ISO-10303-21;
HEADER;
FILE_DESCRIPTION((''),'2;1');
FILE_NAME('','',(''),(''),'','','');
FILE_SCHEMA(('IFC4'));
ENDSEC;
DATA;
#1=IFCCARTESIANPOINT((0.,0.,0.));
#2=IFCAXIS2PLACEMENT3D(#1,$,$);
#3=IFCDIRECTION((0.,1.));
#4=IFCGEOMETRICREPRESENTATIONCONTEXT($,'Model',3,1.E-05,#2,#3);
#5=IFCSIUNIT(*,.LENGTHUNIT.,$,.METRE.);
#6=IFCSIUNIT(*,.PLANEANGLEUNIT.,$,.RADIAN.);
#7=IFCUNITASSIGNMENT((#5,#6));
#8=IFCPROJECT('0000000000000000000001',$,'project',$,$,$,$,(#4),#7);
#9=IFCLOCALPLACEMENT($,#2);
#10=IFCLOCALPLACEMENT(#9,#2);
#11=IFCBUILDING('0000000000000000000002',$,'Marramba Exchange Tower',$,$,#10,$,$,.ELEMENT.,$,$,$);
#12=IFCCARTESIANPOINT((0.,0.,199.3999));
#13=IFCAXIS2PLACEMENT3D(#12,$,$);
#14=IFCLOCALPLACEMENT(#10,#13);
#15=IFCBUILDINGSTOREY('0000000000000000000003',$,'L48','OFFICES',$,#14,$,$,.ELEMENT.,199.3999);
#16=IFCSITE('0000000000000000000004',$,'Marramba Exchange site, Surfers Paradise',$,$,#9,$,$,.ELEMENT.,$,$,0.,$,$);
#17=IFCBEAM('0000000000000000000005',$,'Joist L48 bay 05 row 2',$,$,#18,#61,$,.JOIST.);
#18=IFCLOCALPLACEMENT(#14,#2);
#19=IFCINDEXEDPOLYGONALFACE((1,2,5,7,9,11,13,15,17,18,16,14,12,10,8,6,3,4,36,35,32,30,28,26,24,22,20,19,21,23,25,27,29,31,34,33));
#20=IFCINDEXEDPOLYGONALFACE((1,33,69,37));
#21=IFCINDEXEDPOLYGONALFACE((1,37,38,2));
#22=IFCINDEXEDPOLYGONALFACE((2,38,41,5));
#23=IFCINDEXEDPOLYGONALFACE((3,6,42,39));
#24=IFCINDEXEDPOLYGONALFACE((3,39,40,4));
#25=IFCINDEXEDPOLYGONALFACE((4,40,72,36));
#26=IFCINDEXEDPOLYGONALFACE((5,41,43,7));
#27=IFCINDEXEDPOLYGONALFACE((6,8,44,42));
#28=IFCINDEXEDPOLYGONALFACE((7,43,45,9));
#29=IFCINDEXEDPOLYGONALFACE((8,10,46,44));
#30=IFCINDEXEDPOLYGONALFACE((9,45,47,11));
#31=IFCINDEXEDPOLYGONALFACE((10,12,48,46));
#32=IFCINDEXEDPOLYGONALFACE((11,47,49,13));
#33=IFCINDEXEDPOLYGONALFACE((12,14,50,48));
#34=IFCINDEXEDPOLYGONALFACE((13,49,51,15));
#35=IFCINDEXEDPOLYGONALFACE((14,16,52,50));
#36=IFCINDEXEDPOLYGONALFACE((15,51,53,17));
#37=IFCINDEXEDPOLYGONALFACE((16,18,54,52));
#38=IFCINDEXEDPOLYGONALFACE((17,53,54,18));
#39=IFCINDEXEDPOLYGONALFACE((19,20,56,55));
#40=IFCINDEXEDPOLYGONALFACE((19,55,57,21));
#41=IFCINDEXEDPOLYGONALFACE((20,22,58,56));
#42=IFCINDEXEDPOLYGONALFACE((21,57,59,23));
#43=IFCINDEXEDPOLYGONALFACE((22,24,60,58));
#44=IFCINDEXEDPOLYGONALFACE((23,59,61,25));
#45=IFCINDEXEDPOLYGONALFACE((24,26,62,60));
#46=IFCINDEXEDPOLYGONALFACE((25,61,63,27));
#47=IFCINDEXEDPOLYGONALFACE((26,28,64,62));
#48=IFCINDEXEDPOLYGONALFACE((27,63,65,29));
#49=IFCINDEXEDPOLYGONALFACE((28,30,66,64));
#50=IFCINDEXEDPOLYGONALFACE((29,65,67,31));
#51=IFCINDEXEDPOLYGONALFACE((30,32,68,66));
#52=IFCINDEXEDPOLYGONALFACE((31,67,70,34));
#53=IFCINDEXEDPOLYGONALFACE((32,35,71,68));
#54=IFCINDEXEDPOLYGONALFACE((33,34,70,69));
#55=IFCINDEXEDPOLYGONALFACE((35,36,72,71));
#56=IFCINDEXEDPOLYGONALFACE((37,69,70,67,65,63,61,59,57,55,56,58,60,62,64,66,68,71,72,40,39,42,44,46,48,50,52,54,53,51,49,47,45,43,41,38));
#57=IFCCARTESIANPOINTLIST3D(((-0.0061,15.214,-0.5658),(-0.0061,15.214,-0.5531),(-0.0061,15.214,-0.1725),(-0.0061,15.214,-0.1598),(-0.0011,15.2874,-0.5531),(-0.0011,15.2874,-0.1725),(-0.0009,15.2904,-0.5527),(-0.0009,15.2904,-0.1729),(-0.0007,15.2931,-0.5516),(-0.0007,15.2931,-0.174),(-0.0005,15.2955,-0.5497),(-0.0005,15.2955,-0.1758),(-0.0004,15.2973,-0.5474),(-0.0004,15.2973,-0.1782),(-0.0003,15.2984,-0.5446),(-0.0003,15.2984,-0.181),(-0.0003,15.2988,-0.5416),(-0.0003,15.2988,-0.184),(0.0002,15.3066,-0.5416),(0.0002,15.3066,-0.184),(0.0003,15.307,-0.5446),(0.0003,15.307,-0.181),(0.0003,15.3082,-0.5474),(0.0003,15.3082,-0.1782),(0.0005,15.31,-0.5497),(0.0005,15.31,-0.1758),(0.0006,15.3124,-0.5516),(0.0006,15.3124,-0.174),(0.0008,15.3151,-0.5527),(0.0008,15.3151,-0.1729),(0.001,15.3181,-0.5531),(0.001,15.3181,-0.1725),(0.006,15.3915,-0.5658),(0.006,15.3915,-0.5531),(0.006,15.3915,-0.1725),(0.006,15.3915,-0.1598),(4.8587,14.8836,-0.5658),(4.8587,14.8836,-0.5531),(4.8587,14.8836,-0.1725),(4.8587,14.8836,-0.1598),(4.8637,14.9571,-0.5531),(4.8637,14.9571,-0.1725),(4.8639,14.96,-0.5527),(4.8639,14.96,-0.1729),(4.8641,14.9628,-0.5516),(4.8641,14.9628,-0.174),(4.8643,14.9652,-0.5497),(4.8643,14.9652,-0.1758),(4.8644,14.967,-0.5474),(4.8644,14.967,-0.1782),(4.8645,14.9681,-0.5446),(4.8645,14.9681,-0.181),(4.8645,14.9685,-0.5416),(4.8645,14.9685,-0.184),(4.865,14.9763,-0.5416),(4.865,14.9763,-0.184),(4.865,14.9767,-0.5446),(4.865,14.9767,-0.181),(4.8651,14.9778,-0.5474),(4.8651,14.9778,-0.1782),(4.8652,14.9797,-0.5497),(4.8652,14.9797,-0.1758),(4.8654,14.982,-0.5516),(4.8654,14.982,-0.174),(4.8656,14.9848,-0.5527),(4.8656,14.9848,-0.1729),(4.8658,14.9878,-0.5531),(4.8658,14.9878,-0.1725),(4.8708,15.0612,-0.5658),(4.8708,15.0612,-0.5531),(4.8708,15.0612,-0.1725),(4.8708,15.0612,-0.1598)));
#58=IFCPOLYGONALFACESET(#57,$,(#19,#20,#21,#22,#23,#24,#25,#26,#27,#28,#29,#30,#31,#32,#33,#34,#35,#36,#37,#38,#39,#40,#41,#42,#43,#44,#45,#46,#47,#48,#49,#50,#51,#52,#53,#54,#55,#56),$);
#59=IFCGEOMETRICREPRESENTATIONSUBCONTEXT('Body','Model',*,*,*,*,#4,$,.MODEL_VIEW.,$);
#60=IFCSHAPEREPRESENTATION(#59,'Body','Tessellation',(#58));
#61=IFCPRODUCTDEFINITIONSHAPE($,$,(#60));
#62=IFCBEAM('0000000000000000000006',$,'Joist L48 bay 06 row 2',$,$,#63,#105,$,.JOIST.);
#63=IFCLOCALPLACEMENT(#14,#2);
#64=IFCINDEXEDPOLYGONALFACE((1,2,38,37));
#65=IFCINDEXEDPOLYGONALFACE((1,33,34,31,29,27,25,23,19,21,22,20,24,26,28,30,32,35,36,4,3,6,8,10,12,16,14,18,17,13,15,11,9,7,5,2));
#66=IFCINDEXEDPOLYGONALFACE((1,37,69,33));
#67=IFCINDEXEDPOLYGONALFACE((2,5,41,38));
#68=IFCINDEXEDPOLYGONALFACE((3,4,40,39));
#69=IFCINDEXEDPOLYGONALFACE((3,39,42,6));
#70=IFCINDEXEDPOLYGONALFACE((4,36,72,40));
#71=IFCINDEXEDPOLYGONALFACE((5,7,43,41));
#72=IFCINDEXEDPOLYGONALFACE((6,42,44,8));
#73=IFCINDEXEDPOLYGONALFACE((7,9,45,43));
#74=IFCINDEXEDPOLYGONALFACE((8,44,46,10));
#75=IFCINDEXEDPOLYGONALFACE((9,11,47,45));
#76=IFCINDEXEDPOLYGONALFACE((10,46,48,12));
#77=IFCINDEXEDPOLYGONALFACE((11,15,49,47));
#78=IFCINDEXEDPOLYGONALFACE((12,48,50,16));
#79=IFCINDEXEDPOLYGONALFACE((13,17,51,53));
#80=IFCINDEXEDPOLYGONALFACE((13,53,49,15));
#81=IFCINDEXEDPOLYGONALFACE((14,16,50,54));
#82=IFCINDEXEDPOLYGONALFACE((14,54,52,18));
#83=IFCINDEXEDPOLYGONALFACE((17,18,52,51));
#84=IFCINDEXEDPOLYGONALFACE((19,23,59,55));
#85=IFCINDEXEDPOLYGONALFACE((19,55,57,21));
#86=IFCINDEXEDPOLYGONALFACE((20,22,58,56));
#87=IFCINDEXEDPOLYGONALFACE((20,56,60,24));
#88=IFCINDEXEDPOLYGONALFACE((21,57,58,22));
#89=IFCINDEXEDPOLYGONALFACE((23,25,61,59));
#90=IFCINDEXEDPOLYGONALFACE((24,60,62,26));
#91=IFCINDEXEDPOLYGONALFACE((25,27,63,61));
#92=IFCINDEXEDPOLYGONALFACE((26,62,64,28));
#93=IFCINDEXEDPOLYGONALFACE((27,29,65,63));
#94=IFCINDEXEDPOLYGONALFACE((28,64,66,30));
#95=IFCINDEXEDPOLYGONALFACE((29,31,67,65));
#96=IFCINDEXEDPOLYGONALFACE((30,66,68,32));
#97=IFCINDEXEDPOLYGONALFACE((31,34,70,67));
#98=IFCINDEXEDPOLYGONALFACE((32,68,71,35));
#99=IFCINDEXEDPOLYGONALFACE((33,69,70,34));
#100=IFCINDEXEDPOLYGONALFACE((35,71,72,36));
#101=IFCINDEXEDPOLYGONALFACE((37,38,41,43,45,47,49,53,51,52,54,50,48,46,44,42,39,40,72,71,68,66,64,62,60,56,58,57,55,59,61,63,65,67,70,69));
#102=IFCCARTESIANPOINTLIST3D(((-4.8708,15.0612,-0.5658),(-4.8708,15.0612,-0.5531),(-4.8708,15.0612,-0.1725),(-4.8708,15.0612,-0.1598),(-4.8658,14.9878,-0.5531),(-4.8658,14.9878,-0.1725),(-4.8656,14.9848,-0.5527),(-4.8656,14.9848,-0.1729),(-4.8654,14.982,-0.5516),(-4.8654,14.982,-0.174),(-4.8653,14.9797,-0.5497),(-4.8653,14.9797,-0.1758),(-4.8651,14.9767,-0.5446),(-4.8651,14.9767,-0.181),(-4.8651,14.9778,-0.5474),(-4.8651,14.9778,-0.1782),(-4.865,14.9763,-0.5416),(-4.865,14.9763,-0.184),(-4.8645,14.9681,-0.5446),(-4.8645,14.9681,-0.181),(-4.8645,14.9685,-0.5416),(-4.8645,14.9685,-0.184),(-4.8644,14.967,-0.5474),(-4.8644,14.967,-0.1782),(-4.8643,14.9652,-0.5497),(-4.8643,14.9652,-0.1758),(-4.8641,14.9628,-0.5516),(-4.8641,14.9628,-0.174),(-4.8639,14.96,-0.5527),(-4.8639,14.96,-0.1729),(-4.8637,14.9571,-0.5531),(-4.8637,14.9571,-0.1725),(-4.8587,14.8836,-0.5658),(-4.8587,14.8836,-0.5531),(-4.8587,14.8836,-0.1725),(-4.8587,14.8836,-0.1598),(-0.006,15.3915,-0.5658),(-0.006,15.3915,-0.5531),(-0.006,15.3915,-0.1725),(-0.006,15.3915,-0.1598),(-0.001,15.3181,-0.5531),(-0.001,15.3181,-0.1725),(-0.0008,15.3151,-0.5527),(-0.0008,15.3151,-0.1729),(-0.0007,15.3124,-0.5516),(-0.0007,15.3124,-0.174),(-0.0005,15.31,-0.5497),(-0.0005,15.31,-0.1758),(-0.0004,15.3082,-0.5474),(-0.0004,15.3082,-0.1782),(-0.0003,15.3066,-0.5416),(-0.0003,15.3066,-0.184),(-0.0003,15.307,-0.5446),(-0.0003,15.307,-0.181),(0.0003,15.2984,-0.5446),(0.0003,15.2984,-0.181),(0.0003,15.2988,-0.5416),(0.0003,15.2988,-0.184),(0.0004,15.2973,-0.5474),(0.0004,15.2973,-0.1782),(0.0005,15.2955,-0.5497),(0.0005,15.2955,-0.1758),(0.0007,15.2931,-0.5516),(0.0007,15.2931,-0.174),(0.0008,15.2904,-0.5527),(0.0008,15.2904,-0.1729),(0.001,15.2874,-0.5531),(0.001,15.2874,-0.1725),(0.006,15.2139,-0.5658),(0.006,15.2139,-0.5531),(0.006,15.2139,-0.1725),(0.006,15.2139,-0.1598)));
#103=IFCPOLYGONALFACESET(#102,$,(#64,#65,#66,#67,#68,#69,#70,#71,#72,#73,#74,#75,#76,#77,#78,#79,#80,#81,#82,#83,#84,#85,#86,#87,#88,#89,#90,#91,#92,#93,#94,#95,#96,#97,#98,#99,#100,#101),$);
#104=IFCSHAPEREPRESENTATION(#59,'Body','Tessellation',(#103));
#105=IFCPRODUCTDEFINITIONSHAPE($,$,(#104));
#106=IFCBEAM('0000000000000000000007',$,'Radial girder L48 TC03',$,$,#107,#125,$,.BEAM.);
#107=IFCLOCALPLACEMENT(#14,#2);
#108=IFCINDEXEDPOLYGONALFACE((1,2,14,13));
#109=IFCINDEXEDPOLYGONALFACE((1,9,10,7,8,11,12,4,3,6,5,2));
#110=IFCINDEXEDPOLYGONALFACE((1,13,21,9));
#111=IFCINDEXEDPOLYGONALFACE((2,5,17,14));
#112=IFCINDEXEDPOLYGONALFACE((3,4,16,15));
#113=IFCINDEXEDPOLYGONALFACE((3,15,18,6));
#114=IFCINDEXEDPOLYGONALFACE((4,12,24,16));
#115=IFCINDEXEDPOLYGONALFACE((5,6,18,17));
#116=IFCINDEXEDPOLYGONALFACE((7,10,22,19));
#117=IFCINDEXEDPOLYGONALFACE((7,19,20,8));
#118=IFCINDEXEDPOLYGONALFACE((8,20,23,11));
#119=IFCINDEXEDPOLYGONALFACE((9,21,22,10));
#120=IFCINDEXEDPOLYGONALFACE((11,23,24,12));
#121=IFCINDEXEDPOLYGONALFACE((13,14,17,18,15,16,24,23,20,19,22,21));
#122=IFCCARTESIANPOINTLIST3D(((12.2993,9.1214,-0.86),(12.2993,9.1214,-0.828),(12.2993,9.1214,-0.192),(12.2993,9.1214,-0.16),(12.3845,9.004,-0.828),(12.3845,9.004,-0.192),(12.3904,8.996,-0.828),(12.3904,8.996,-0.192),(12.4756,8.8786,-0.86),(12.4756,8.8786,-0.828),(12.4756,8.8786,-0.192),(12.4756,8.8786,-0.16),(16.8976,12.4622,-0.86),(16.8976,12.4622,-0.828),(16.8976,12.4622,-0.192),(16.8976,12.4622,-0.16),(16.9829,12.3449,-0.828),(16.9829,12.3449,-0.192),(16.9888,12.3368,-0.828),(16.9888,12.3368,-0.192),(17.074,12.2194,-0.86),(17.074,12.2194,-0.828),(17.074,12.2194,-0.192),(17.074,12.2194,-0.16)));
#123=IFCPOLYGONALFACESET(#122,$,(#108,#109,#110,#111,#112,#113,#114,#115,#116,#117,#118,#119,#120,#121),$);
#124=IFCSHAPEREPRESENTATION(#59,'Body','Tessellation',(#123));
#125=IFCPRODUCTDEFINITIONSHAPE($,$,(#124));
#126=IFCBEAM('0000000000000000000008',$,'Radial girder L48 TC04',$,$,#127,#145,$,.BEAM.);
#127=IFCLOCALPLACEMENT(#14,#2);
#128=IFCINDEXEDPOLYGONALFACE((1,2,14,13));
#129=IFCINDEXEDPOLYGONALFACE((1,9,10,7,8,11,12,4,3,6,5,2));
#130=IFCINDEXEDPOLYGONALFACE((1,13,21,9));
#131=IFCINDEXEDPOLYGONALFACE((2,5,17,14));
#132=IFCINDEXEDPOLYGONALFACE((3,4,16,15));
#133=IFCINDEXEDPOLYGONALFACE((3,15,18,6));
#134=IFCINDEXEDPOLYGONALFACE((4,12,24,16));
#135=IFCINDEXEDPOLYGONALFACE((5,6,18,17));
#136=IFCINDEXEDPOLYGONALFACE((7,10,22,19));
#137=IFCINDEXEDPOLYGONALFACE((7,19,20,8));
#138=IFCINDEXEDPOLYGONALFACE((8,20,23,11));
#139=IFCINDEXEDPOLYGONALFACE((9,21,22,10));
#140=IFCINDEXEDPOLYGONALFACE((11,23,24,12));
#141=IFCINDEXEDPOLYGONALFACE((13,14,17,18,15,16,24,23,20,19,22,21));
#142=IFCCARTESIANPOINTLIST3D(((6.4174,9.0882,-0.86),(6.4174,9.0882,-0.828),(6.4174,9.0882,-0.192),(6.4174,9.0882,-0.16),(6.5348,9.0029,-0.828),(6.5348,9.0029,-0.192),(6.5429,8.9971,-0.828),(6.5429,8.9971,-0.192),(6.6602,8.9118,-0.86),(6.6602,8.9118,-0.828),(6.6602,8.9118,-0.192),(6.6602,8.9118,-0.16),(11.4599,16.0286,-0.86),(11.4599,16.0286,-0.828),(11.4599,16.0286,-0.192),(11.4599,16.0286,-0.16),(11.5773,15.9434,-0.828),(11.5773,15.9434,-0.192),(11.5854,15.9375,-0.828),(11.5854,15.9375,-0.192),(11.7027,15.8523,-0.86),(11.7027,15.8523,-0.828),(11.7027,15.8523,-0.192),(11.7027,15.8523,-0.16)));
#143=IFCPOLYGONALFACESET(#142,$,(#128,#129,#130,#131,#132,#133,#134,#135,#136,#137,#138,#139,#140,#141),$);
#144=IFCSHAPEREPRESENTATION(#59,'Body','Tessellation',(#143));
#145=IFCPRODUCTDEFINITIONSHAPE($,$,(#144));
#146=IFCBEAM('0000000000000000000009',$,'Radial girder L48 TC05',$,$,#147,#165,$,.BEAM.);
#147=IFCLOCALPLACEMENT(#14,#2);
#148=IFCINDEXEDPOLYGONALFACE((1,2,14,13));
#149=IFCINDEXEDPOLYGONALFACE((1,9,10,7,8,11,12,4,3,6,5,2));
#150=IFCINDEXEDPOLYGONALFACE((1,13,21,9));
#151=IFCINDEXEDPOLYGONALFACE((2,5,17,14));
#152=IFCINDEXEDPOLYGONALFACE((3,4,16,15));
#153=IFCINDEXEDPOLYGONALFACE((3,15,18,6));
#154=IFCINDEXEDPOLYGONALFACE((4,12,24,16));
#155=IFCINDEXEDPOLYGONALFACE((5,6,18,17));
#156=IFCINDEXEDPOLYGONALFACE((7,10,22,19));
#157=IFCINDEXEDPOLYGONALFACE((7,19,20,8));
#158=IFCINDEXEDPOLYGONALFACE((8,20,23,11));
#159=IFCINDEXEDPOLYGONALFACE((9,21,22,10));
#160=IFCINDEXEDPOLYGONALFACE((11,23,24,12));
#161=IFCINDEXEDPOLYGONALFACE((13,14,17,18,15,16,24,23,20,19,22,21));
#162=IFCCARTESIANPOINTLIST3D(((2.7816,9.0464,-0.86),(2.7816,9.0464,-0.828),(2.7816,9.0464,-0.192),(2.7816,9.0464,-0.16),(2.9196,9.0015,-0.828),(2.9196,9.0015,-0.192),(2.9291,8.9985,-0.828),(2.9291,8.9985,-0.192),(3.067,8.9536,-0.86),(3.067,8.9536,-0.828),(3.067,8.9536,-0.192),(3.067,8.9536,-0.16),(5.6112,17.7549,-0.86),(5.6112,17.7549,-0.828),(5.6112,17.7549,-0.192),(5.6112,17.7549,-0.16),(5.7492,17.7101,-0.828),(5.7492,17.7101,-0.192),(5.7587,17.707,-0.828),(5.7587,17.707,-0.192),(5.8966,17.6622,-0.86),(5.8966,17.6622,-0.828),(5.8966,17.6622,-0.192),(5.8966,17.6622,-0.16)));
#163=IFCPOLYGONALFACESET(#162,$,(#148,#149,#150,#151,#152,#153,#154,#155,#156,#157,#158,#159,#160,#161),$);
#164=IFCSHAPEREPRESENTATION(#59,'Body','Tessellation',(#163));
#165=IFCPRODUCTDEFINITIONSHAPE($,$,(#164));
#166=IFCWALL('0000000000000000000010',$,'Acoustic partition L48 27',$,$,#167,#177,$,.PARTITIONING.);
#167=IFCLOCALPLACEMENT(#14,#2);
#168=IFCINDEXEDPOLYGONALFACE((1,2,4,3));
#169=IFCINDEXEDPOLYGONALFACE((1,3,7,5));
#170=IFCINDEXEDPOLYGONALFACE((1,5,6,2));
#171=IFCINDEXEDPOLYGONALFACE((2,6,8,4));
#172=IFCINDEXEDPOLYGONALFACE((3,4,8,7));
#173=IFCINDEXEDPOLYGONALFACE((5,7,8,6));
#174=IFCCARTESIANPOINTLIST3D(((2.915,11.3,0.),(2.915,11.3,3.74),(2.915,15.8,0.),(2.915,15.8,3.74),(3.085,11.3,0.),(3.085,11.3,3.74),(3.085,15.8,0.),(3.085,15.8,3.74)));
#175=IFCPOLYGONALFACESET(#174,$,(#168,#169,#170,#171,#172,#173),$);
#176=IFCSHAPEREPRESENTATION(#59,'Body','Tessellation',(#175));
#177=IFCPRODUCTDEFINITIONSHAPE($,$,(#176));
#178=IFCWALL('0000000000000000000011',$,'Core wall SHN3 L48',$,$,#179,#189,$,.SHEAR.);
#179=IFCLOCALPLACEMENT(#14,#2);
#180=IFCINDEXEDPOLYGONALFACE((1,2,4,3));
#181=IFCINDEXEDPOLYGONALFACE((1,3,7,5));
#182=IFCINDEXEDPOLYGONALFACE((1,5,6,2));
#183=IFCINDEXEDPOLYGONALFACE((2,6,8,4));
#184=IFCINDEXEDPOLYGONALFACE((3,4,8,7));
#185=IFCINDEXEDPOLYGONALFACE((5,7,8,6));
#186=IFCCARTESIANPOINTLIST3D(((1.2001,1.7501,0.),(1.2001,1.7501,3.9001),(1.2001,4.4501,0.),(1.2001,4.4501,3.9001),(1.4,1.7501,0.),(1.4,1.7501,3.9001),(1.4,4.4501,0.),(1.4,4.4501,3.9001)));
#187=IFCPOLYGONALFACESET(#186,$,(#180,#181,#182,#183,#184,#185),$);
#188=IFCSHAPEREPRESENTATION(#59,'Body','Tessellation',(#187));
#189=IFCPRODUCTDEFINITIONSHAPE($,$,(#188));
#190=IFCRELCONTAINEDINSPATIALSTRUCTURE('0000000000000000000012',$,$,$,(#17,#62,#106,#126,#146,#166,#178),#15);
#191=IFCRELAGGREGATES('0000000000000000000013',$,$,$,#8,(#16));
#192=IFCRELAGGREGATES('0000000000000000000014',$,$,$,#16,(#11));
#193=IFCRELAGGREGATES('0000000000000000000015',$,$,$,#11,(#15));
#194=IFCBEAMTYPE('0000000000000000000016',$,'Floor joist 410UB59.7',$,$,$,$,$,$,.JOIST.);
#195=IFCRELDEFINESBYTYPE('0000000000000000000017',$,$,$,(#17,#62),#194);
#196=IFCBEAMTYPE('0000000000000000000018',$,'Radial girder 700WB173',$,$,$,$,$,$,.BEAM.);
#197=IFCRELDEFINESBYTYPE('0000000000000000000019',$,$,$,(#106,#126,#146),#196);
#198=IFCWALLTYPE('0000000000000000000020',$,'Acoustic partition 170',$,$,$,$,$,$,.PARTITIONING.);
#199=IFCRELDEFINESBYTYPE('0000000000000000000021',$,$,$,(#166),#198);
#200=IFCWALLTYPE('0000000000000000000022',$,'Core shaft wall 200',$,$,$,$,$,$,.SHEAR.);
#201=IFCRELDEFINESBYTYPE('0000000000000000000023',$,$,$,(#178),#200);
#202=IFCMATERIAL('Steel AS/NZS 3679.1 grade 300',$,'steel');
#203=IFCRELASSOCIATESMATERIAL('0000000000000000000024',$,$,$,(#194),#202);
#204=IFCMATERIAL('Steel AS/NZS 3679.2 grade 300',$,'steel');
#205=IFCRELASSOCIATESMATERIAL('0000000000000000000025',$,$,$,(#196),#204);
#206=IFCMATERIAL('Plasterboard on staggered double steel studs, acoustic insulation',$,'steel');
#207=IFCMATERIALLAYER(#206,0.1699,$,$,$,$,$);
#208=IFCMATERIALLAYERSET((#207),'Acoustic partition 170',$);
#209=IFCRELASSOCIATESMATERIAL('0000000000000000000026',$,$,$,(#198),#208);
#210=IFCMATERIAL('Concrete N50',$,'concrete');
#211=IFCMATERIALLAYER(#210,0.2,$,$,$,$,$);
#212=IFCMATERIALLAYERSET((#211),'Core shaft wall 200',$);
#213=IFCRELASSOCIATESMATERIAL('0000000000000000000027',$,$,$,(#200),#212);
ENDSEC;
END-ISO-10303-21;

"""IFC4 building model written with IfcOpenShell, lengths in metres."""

from ifc_helpers import new_model, si_unit, direction, frame, frame_2d, origin, origin_2d, place, context, subcontext, project, spatial, rectangle, i_section, extrude, material, layer, layer_set, material_profile, profile_set, type_object, element, save


model = new_model("IFC4")

# Units and contexts
model_context = context("Model", 3, precision=1e-05, world=origin(), true_north=direction((0.0, 1.0)))
body_context = subcontext(model_context, "Body", "Model", "MODEL_VIEW")
ifc_project = project(units=[si_unit("LENGTHUNIT", "METRE"), si_unit("PLANEANGLEUNIT", "RADIAN")], contexts=[model_context])

# Site, building, storey
site_placement = place(None, origin())
site = spatial("IfcSite", under=ifc_project, at=site_placement, Name="Marramba Exchange site, Surfers Paradise", CompositionType="ELEMENT", RefElevation=0.0)
building_placement = place(site_placement, origin())
building = spatial("IfcBuilding", under=site, at=building_placement, Name="Marramba Exchange Tower", CompositionType="ELEMENT")
storey_placement = place(building_placement, frame((0.0, 0.0, 199.3999)))
storey = spatial("IfcBuildingStorey", under=building, at=storey_placement, Name="L48", Description="OFFICES", CompositionType="ELEMENT", Elevation=199.3999)

# Beams
ifc_material_1 = material(Name="Steel AS/NZS 3679.1 grade 300", Category="steel")
ifc_material_profile_1 = material_profile(ifc_material_1, i_section(OverallWidth=0.178, OverallDepth=0.406, WebThickness=0.0078, FlangeThickness=0.0127, FilletRadius=0.0115, at=origin_2d()), Name="410UB59.7")
ifc_profile_set_1 = profile_set([ifc_material_profile_1], Name="Steel AS/NZS 3679.1 grade 300")
beam_type_1 = type_object("IfcBeamType", Name="Floor joist 410UB59.7", PredefinedType="JOIST", material=ifc_profile_set_1)
for number, where, z_axis, x_axis, name in (
    (1, (4.8647, 14.9724, -0.3628), (-0.997703, 0.067745, 0.0), (-0.067745, -0.997703, 0.0), "Joist L48 bay 05 row 2"),
    (2, (0.0, 15.3027, -0.3628), (-0.997703, -0.067745, 0.0), (0.067745, -0.997703, 0.0), "Joist L48 bay 06 row 2"),
):
    element("IfcBeam", number, at=place(storey_placement, frame(where, z_axis=z_axis, x_axis=x_axis)), inside=storey, type_object=beam_type_1, Name=name, PredefinedType="JOIST", context=body_context, shape_type="SweptSolid", body=[
        extrude(i_section(OverallWidth=0.178, OverallDepth=0.406, WebThickness=0.0078, FlangeThickness=0.0127, FilletRadius=0.0115, at=origin_2d()), origin(), (0.0, 0.0, 1.0), 4.876),
    ])
ifc_material_2 = material(Name="Steel AS/NZS 3679.2 grade 300", Category="steel")
ifc_material_profile_2 = material_profile(ifc_material_2, i_section(OverallWidth=0.3, OverallDepth=0.7, WebThickness=0.01, FlangeThickness=0.032, at=origin_2d()), Name="700WB173")
ifc_profile_set_2 = profile_set([ifc_material_profile_2], Name="Steel AS/NZS 3679.2 grade 300")
beam_type_2 = type_object("IfcBeamType", Name="Radial girder 700WB173", PredefinedType="BEAM", material=ifc_profile_set_2)
beam_1_placement = place(storey_placement, frame((12.3875, 9.0, -0.51), z_axis=(0.809026, 0.587773, 0.0), x_axis=(-0.587773, 0.809026, 0.0)))
element("IfcBeam", 3, at=beam_1_placement, inside=storey, type_object=beam_type_2, Name="Radial girder L48 TC03", PredefinedType="BEAM", context=body_context, shape_type="SweptSolid", body=[
    extrude(i_section(OverallWidth=0.3, OverallDepth=0.7, WebThickness=0.01, FlangeThickness=0.032, at=origin_2d()), origin(), (0.0, 0.0, 1.0), 5.6838),
])
beam_2_placement = place(storey_placement, frame((6.5388, 9.0, -0.51), z_axis=(0.587782, 0.809019, 0.0), x_axis=(-0.809019, 0.587782, 0.0)))
element("IfcBeam", 4, at=beam_2_placement, inside=storey, type_object=beam_type_2, Name="Radial girder L48 TC04", PredefinedType="BEAM", context=body_context, shape_type="SweptSolid", body=[
    extrude(i_section(OverallWidth=0.3, OverallDepth=0.7, WebThickness=0.01, FlangeThickness=0.032, at=origin_2d()), origin(), (0.0, 0.0, 1.0), 8.5789),
])
beam_3_placement = place(storey_placement, frame((2.9243, 9.0, -0.51), z_axis=(0.30902, 0.951056, 0.0), x_axis=(-0.951056, 0.30902, 0.0)))
element("IfcBeam", 5, at=beam_3_placement, inside=storey, type_object=beam_type_2, Name="Radial girder L48 TC05", PredefinedType="BEAM", context=body_context, shape_type="SweptSolid", body=[
    extrude(i_section(OverallWidth=0.3, OverallDepth=0.7, WebThickness=0.01, FlangeThickness=0.032, at=origin_2d()), origin(), (0.0, 0.0, 1.0), 9.1567),
])

# Wall
ifc_material_3 = material(Name="Plasterboard on staggered double steel studs, acoustic insulation", Category="steel")
ifc_layer_1 = layer(ifc_material_3, 0.1699)
ifc_layer_set_1 = layer_set([ifc_layer_1], Name="Acoustic partition 170")
wall_type_1 = type_object("IfcWallType", Name="Acoustic partition 170", PredefinedType="PARTITIONING", material=ifc_layer_set_1)
wall_1_placement = place(storey_placement, frame((3.0, 15.8, 0.0), z_axis=(0.0, 0.0, 1.0), x_axis=(0.0, -1.0, 0.0)))
element("IfcWall", 6, at=wall_1_placement, inside=storey, type_object=wall_type_1, Name="Acoustic partition L48 27", PredefinedType="PARTITIONING", context=body_context, shape_type="SweptSolid", body=[
    extrude(rectangle(XDim=4.5, YDim=0.1699, at=frame_2d((2.25, 0.0))), origin(), (0.0, 0.0, 1.0), 3.74),
])

# Wall
ifc_material_4 = material(Name="Concrete N50", Category="concrete")
ifc_layer_2 = layer(ifc_material_4, 0.2)
ifc_layer_set_2 = layer_set([ifc_layer_2], Name="Core shaft wall 200")
wall_type_2 = type_object("IfcWallType", Name="Core shaft wall 200", PredefinedType="SHEAR", material=ifc_layer_set_2)
for number, where, z_axis, x_axis, name in (
    (7, (1.3, 1.75, 0.0), (0.0, 0.0, 1.0), (0.0, 1.0, 0.0), "Core wall SHN3 L48"),
):
    element("IfcWall", number, at=place(storey_placement, frame(where, z_axis=z_axis, x_axis=x_axis)), inside=storey, type_object=wall_type_2, Name=name, PredefinedType="SHEAR", context=body_context, shape_type="SweptSolid", body=[
        extrude(rectangle(XDim=2.7, YDim=0.2, at=frame_2d((1.3501, 0.0))), origin(), (0.0, 0.0, 1.0), 3.9001),
    ])

save(model, "model.ifc")
